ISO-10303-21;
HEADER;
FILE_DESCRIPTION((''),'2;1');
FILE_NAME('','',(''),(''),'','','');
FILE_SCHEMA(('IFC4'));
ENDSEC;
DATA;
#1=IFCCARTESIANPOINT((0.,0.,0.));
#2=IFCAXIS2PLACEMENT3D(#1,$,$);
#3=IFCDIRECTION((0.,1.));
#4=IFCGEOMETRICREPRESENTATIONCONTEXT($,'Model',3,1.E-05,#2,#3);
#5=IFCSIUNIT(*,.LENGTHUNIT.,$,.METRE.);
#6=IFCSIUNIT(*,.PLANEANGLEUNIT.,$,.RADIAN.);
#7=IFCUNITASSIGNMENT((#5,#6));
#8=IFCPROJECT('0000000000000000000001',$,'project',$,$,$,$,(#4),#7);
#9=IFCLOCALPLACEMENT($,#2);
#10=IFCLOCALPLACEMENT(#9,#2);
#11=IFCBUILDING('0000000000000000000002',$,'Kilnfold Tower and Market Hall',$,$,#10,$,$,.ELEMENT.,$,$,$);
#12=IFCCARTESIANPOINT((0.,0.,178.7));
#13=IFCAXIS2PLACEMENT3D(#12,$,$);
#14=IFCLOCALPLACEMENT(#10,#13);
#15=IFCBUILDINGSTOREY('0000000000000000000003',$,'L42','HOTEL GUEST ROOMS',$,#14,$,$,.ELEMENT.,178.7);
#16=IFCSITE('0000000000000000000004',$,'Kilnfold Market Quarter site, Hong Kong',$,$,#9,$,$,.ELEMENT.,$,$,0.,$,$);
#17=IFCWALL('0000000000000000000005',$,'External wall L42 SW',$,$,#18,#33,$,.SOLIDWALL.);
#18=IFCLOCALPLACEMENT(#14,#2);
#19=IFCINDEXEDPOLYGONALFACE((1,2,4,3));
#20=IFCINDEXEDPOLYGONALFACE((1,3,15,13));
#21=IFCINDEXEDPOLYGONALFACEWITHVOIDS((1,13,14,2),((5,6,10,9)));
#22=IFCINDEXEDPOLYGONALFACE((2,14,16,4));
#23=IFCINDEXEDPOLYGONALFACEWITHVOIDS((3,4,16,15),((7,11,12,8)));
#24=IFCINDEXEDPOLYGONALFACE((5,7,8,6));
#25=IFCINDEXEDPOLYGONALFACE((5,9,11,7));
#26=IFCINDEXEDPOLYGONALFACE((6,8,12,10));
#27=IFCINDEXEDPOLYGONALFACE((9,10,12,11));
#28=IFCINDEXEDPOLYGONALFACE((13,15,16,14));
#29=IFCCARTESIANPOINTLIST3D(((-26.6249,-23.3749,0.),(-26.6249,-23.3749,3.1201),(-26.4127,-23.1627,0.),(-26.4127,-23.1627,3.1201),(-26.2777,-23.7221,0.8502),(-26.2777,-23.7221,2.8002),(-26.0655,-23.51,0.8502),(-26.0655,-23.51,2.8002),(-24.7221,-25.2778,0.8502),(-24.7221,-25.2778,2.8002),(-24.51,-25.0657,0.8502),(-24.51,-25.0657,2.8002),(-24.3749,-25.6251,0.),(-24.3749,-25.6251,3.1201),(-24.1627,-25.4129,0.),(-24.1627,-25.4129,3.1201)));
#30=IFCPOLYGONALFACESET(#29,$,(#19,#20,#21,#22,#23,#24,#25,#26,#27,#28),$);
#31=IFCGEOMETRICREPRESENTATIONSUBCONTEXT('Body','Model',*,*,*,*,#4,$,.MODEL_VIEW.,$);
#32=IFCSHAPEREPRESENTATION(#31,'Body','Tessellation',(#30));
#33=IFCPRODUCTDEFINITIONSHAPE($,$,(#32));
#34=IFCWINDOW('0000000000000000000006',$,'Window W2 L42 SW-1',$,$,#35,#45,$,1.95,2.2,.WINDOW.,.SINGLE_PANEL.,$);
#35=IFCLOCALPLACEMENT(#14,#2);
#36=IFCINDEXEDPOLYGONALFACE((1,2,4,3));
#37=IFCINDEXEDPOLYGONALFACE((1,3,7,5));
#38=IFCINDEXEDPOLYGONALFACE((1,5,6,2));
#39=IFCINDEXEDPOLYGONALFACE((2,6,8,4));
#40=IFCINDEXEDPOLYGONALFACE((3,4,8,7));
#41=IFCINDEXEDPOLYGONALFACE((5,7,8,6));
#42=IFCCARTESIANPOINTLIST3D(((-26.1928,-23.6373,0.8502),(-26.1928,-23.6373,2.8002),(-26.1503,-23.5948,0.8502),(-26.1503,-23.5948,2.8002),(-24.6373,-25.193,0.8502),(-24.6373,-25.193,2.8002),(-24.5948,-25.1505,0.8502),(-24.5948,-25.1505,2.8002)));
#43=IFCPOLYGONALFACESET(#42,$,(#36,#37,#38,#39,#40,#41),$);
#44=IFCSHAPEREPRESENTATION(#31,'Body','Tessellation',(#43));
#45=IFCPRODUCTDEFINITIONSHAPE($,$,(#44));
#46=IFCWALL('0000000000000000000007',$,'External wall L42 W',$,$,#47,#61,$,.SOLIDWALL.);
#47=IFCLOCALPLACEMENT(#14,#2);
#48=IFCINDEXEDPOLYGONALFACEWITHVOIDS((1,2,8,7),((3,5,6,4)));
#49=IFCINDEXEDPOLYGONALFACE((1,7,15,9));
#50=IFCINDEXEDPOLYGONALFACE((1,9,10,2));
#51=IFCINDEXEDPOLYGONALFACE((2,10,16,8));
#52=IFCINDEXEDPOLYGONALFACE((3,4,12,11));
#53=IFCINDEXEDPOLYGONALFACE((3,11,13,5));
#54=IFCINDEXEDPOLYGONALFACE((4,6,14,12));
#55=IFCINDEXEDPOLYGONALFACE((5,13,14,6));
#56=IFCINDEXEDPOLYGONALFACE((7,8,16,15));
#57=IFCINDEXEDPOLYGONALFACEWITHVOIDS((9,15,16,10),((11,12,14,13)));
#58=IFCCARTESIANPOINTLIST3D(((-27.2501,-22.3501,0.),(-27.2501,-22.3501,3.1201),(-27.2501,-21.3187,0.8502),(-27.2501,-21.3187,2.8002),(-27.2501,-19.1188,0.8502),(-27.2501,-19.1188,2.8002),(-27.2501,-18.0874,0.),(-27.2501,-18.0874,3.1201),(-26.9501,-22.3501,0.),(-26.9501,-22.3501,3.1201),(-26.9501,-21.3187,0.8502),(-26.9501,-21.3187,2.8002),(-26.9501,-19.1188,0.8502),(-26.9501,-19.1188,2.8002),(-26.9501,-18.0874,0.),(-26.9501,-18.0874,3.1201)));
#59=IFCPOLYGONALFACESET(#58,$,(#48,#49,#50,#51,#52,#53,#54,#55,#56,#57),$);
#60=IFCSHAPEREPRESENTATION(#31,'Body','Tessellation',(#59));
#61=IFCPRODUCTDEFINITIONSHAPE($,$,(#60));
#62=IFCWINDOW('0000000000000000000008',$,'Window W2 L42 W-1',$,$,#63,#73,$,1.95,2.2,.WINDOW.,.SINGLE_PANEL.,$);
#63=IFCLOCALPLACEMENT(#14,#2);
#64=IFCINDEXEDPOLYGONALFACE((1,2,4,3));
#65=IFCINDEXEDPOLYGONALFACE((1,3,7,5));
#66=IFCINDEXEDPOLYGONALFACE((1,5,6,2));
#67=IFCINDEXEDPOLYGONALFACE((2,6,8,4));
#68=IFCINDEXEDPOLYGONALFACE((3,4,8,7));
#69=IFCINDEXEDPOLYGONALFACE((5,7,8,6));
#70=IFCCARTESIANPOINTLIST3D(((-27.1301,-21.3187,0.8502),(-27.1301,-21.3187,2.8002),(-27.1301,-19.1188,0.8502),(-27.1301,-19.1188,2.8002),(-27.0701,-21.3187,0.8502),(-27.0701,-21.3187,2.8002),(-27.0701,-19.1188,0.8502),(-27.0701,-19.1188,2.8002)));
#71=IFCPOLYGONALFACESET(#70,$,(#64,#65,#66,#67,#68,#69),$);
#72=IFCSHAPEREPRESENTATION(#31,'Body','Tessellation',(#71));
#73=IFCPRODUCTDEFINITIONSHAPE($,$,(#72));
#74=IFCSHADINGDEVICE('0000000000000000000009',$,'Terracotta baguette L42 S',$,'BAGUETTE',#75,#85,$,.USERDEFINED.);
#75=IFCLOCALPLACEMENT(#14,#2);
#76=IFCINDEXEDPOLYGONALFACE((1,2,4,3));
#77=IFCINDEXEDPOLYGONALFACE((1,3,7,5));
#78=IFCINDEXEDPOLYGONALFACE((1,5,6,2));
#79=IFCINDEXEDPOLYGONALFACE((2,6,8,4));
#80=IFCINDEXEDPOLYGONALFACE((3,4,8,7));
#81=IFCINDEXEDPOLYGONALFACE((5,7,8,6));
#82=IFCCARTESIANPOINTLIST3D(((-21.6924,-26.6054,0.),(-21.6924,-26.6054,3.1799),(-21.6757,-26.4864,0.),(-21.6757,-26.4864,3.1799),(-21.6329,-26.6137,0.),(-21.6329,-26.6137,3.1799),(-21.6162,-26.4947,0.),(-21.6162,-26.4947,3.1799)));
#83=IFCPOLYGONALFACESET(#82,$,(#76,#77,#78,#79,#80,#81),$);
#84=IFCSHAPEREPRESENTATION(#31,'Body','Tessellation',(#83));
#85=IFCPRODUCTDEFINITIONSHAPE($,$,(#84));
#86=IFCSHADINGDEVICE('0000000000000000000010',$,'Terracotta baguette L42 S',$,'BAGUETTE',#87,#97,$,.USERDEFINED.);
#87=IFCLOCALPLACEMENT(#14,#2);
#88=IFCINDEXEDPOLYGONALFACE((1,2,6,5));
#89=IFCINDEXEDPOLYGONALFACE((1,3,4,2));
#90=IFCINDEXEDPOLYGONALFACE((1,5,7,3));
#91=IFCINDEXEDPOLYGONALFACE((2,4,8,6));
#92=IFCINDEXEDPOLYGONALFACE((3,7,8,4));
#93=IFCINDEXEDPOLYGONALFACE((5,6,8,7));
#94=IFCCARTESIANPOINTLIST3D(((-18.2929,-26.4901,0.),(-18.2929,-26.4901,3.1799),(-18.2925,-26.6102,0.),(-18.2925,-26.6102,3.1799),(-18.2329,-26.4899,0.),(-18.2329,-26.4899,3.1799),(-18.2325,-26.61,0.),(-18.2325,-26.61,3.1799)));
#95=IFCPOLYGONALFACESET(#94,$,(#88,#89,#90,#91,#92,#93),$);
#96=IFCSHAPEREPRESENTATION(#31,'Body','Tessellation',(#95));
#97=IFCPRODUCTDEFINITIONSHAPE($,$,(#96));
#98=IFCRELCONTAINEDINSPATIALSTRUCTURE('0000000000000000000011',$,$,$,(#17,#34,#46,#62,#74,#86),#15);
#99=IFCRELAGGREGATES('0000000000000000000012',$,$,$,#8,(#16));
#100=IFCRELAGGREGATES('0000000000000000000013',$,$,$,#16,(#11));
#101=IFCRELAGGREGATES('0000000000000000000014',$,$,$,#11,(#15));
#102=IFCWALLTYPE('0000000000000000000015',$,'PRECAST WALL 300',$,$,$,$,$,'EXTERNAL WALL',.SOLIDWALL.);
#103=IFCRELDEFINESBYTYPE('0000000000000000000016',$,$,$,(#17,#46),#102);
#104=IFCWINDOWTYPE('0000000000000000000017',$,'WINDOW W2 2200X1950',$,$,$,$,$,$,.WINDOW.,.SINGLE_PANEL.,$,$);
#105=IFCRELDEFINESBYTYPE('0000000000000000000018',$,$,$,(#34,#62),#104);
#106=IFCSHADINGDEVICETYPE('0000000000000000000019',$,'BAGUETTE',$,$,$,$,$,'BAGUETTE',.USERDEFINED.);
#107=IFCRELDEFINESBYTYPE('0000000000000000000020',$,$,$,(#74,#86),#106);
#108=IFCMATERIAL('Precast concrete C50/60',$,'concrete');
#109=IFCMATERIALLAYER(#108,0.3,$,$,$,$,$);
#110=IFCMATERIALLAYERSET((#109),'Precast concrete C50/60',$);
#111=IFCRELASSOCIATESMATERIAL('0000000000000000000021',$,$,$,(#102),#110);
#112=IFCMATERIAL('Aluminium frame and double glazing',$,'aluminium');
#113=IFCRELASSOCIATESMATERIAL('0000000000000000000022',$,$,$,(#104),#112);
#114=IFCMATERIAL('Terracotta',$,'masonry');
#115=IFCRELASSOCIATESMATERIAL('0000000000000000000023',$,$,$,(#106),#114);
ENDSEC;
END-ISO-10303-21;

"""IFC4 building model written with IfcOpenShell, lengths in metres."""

from ifc_helpers import new_model, si_unit, direction, frame, frame_2d, origin, origin_2d, place, context, subcontext, project, spatial, rectangle, extrude, source, transform, mapped, material, layer, layer_set, material_profile, profile_set, type_object, element, fill, save


model = new_model("IFC4")

# Units and contexts
model_context = context("Model", 3, precision=1e-05, world=origin(), true_north=direction((0.0, 1.0)))
body_context = subcontext(model_context, "Body", "Model", "MODEL_VIEW")
ifc_project = project(units=[si_unit("LENGTHUNIT", "METRE"), si_unit("PLANEANGLEUNIT", "RADIAN")], contexts=[model_context])

# Site, building, storey
site_placement = place(None, origin())
site = spatial("IfcSite", under=ifc_project, at=site_placement, Name="Kilnfold Market Quarter site, Hong Kong", CompositionType="ELEMENT", RefElevation=0.0)
building_placement = place(site_placement, origin())
building = spatial("IfcBuilding", under=site, at=building_placement, Name="Kilnfold Tower and Market Hall", CompositionType="ELEMENT")
storey_placement = place(building_placement, frame((0.0, 0.0, 178.7)))
storey = spatial("IfcBuildingStorey", under=building, at=storey_placement, Name="L42", Description="HOTEL GUEST ROOMS", CompositionType="ELEMENT", Elevation=178.7)

# Shared definitions
ifc_material_1 = material(Name="Precast concrete C50/60", Category="concrete")
ifc_layer_1 = layer(ifc_material_1, 0.3)
ifc_layer_set_1 = layer_set([ifc_layer_1], Name="Precast concrete C50/60")
wall_type_1 = type_object("IfcWallType", Name="PRECAST WALL 300", ElementType="EXTERNAL WALL", PredefinedType="SOLIDWALL", material=ifc_layer_set_1)

# Walls, openings, windows
shared_shape_1 = source(origin(), body_context, "Body", "SweptSolid", [
    extrude(rectangle(XDim=3.1821, YDim=0.3, at=frame_2d((1.5911, 0.0))), origin(), (0.0, 0.0, 1.0), 3.1201),
])
wall_1_placement = place(storey_placement, frame((-26.5188, -23.2688, 0.0), z_axis=(0.0, 0.0, 1.0), x_axis=(0.707068, -0.707145, 0.0)))
wall_1 = element("IfcWall", 1, at=wall_1_placement, inside=storey, type_object=wall_type_1, Name="External wall L42 SW", PredefinedType="SOLIDWALL", context=body_context, shape_type="MappedRepresentation", body=[
    mapped(shared_shape_1, transform((0.0, 0.0, 0.0))),
])
opening_1_placement = place(wall_1_placement, frame((0.491, 0.0, 0.8501)))
opening_1 = element("IfcOpeningElement", 2, at=opening_1_placement, cuts=wall_1, PredefinedType="OPENING", context=body_context, shape_type="SweptSolid", body=[
    extrude(rectangle(XDim=2.2, YDim=1.95, at=frame_2d((1.1001, 0.9751))), frame((0.0, 0.1602, 0.0), z_axis=(0.0, -1.0, 0.0), x_axis=(1.0, 0.0, 0.0)), (0.0, 0.0, 1.0), 0.3201),
])
ifc_material_2 = material(Name="Aluminium frame and double glazing", Category="aluminium")
window_type_1 = type_object("IfcWindowType", Name="WINDOW W2 2200X1950", PartitioningType="SINGLE_PANEL", PredefinedType="WINDOW", material=ifc_material_2)
window_1_placement = place(opening_1_placement, origin())
window_1 = element("IfcWindow", 3, at=window_1_placement, inside=storey, type_object=window_type_1, Name="Window W2 L42 SW-1", OverallHeight=1.95, OverallWidth=2.2, PartitioningType="SINGLE_PANEL", PredefinedType="WINDOW", context=body_context, shape_type="SweptSolid", body=[
    extrude(rectangle(XDim=2.2, YDim=1.95, at=frame_2d((1.1001, 0.9751))), frame((0.0, 0.03, 0.0), z_axis=(0.0, -1.0, 0.0), x_axis=(1.0, 0.0, 0.0)), (0.0, 0.0, 1.0), 0.0601),
])
fill(opening_1, window_1)
shared_shape_2 = source(origin(), body_context, "Body", "SweptSolid", [
    extrude(rectangle(XDim=4.2627, YDim=0.3, at=frame_2d((2.1313, 0.0))), origin(), (0.0, 0.0, 1.0), 3.1201),
])
wall_2_placement = place(storey_placement, frame((-27.1001, -18.0874, 0.0), z_axis=(0.0, 0.0, 1.0), x_axis=(0.0, -1.0, 0.0)))
wall_2 = element("IfcWall", 4, at=wall_2_placement, inside=storey, type_object=wall_type_1, Name="External wall L42 W", PredefinedType="SOLIDWALL", context=body_context, shape_type="MappedRepresentation", body=[
    mapped(shared_shape_2, transform((0.0, 0.0, 0.0))),
])
opening_2_placement = place(wall_2_placement, frame((1.0312, 0.0, 0.8501)))
opening_2 = element("IfcOpeningElement", 5, at=opening_2_placement, cuts=wall_2, PredefinedType="OPENING", context=body_context, shape_type="SweptSolid", body=[
    extrude(rectangle(XDim=2.2, YDim=1.95, at=frame_2d((1.1001, 0.9751))), frame((0.0, 0.1602, 0.0), z_axis=(0.0, -1.0, 0.0), x_axis=(1.0, 0.0, 0.0)), (0.0, 0.0, 1.0), 0.3201),
])
window_2_placement = place(opening_2_placement, origin())
window_2 = element("IfcWindow", 6, at=window_2_placement, inside=storey, type_object=window_type_1, Name="Window W2 L42 W-1", OverallHeight=1.95, OverallWidth=2.2, PartitioningType="SINGLE_PANEL", PredefinedType="WINDOW", context=body_context, shape_type="SweptSolid", body=[
    extrude(rectangle(XDim=2.2, YDim=1.95, at=frame_2d((1.1001, 0.9751))), frame((0.0, 0.03, 0.0), z_axis=(0.0, -1.0, 0.0), x_axis=(1.0, 0.0, 0.0)), (0.0, 0.0, 1.0), 0.0601),
])
fill(opening_2, window_2)

# Shading devices
ifc_material_3 = material(Name="Terracotta", Category="masonry")
ifc_material_profile_1 = material_profile(ifc_material_3, rectangle(XDim=0.0601, YDim=0.1201, at=origin_2d()), Name="BAG 60x120")
ifc_profile_set_1 = profile_set([ifc_material_profile_1], Name="Terracotta")
shading_device_type = type_object("IfcShadingDeviceType", Name="BAGUETTE", ElementType="BAGUETTE", PredefinedType="USERDEFINED", material=ifc_profile_set_1)
shared_shape_3 = source(origin(), body_context, "Body", "SweptSolid", [
    extrude(rectangle(XDim=0.0601, YDim=0.1201, at=origin_2d()), origin(), (0.0, 0.0, 1.0), 3.1799),
])
for number, where, z_axis, x_axis, name in (
    (7, (-21.6543, -26.55, 0.0), (0.0, 0.0, 1.0), (0.99032, -0.1388, 0.0), "Terracotta baguette L42 S"),
    (8, (-18.2627, -26.55, 0.0), (0.0, 0.0, 1.0), (0.999994, 0.003475, 0.0), "Terracotta baguette L42 S"),
):
    element("IfcShadingDevice", number, at=place(storey_placement, frame(where, z_axis=z_axis, x_axis=x_axis)), inside=storey, type_object=shading_device_type, Name=name, ObjectType="BAGUETTE", PredefinedType="USERDEFINED", context=body_context, shape_type="MappedRepresentation", body=[
        mapped(shared_shape_3, transform((0.0, 0.0, 0.0))),
    ])

save(model, "model.ifc")
